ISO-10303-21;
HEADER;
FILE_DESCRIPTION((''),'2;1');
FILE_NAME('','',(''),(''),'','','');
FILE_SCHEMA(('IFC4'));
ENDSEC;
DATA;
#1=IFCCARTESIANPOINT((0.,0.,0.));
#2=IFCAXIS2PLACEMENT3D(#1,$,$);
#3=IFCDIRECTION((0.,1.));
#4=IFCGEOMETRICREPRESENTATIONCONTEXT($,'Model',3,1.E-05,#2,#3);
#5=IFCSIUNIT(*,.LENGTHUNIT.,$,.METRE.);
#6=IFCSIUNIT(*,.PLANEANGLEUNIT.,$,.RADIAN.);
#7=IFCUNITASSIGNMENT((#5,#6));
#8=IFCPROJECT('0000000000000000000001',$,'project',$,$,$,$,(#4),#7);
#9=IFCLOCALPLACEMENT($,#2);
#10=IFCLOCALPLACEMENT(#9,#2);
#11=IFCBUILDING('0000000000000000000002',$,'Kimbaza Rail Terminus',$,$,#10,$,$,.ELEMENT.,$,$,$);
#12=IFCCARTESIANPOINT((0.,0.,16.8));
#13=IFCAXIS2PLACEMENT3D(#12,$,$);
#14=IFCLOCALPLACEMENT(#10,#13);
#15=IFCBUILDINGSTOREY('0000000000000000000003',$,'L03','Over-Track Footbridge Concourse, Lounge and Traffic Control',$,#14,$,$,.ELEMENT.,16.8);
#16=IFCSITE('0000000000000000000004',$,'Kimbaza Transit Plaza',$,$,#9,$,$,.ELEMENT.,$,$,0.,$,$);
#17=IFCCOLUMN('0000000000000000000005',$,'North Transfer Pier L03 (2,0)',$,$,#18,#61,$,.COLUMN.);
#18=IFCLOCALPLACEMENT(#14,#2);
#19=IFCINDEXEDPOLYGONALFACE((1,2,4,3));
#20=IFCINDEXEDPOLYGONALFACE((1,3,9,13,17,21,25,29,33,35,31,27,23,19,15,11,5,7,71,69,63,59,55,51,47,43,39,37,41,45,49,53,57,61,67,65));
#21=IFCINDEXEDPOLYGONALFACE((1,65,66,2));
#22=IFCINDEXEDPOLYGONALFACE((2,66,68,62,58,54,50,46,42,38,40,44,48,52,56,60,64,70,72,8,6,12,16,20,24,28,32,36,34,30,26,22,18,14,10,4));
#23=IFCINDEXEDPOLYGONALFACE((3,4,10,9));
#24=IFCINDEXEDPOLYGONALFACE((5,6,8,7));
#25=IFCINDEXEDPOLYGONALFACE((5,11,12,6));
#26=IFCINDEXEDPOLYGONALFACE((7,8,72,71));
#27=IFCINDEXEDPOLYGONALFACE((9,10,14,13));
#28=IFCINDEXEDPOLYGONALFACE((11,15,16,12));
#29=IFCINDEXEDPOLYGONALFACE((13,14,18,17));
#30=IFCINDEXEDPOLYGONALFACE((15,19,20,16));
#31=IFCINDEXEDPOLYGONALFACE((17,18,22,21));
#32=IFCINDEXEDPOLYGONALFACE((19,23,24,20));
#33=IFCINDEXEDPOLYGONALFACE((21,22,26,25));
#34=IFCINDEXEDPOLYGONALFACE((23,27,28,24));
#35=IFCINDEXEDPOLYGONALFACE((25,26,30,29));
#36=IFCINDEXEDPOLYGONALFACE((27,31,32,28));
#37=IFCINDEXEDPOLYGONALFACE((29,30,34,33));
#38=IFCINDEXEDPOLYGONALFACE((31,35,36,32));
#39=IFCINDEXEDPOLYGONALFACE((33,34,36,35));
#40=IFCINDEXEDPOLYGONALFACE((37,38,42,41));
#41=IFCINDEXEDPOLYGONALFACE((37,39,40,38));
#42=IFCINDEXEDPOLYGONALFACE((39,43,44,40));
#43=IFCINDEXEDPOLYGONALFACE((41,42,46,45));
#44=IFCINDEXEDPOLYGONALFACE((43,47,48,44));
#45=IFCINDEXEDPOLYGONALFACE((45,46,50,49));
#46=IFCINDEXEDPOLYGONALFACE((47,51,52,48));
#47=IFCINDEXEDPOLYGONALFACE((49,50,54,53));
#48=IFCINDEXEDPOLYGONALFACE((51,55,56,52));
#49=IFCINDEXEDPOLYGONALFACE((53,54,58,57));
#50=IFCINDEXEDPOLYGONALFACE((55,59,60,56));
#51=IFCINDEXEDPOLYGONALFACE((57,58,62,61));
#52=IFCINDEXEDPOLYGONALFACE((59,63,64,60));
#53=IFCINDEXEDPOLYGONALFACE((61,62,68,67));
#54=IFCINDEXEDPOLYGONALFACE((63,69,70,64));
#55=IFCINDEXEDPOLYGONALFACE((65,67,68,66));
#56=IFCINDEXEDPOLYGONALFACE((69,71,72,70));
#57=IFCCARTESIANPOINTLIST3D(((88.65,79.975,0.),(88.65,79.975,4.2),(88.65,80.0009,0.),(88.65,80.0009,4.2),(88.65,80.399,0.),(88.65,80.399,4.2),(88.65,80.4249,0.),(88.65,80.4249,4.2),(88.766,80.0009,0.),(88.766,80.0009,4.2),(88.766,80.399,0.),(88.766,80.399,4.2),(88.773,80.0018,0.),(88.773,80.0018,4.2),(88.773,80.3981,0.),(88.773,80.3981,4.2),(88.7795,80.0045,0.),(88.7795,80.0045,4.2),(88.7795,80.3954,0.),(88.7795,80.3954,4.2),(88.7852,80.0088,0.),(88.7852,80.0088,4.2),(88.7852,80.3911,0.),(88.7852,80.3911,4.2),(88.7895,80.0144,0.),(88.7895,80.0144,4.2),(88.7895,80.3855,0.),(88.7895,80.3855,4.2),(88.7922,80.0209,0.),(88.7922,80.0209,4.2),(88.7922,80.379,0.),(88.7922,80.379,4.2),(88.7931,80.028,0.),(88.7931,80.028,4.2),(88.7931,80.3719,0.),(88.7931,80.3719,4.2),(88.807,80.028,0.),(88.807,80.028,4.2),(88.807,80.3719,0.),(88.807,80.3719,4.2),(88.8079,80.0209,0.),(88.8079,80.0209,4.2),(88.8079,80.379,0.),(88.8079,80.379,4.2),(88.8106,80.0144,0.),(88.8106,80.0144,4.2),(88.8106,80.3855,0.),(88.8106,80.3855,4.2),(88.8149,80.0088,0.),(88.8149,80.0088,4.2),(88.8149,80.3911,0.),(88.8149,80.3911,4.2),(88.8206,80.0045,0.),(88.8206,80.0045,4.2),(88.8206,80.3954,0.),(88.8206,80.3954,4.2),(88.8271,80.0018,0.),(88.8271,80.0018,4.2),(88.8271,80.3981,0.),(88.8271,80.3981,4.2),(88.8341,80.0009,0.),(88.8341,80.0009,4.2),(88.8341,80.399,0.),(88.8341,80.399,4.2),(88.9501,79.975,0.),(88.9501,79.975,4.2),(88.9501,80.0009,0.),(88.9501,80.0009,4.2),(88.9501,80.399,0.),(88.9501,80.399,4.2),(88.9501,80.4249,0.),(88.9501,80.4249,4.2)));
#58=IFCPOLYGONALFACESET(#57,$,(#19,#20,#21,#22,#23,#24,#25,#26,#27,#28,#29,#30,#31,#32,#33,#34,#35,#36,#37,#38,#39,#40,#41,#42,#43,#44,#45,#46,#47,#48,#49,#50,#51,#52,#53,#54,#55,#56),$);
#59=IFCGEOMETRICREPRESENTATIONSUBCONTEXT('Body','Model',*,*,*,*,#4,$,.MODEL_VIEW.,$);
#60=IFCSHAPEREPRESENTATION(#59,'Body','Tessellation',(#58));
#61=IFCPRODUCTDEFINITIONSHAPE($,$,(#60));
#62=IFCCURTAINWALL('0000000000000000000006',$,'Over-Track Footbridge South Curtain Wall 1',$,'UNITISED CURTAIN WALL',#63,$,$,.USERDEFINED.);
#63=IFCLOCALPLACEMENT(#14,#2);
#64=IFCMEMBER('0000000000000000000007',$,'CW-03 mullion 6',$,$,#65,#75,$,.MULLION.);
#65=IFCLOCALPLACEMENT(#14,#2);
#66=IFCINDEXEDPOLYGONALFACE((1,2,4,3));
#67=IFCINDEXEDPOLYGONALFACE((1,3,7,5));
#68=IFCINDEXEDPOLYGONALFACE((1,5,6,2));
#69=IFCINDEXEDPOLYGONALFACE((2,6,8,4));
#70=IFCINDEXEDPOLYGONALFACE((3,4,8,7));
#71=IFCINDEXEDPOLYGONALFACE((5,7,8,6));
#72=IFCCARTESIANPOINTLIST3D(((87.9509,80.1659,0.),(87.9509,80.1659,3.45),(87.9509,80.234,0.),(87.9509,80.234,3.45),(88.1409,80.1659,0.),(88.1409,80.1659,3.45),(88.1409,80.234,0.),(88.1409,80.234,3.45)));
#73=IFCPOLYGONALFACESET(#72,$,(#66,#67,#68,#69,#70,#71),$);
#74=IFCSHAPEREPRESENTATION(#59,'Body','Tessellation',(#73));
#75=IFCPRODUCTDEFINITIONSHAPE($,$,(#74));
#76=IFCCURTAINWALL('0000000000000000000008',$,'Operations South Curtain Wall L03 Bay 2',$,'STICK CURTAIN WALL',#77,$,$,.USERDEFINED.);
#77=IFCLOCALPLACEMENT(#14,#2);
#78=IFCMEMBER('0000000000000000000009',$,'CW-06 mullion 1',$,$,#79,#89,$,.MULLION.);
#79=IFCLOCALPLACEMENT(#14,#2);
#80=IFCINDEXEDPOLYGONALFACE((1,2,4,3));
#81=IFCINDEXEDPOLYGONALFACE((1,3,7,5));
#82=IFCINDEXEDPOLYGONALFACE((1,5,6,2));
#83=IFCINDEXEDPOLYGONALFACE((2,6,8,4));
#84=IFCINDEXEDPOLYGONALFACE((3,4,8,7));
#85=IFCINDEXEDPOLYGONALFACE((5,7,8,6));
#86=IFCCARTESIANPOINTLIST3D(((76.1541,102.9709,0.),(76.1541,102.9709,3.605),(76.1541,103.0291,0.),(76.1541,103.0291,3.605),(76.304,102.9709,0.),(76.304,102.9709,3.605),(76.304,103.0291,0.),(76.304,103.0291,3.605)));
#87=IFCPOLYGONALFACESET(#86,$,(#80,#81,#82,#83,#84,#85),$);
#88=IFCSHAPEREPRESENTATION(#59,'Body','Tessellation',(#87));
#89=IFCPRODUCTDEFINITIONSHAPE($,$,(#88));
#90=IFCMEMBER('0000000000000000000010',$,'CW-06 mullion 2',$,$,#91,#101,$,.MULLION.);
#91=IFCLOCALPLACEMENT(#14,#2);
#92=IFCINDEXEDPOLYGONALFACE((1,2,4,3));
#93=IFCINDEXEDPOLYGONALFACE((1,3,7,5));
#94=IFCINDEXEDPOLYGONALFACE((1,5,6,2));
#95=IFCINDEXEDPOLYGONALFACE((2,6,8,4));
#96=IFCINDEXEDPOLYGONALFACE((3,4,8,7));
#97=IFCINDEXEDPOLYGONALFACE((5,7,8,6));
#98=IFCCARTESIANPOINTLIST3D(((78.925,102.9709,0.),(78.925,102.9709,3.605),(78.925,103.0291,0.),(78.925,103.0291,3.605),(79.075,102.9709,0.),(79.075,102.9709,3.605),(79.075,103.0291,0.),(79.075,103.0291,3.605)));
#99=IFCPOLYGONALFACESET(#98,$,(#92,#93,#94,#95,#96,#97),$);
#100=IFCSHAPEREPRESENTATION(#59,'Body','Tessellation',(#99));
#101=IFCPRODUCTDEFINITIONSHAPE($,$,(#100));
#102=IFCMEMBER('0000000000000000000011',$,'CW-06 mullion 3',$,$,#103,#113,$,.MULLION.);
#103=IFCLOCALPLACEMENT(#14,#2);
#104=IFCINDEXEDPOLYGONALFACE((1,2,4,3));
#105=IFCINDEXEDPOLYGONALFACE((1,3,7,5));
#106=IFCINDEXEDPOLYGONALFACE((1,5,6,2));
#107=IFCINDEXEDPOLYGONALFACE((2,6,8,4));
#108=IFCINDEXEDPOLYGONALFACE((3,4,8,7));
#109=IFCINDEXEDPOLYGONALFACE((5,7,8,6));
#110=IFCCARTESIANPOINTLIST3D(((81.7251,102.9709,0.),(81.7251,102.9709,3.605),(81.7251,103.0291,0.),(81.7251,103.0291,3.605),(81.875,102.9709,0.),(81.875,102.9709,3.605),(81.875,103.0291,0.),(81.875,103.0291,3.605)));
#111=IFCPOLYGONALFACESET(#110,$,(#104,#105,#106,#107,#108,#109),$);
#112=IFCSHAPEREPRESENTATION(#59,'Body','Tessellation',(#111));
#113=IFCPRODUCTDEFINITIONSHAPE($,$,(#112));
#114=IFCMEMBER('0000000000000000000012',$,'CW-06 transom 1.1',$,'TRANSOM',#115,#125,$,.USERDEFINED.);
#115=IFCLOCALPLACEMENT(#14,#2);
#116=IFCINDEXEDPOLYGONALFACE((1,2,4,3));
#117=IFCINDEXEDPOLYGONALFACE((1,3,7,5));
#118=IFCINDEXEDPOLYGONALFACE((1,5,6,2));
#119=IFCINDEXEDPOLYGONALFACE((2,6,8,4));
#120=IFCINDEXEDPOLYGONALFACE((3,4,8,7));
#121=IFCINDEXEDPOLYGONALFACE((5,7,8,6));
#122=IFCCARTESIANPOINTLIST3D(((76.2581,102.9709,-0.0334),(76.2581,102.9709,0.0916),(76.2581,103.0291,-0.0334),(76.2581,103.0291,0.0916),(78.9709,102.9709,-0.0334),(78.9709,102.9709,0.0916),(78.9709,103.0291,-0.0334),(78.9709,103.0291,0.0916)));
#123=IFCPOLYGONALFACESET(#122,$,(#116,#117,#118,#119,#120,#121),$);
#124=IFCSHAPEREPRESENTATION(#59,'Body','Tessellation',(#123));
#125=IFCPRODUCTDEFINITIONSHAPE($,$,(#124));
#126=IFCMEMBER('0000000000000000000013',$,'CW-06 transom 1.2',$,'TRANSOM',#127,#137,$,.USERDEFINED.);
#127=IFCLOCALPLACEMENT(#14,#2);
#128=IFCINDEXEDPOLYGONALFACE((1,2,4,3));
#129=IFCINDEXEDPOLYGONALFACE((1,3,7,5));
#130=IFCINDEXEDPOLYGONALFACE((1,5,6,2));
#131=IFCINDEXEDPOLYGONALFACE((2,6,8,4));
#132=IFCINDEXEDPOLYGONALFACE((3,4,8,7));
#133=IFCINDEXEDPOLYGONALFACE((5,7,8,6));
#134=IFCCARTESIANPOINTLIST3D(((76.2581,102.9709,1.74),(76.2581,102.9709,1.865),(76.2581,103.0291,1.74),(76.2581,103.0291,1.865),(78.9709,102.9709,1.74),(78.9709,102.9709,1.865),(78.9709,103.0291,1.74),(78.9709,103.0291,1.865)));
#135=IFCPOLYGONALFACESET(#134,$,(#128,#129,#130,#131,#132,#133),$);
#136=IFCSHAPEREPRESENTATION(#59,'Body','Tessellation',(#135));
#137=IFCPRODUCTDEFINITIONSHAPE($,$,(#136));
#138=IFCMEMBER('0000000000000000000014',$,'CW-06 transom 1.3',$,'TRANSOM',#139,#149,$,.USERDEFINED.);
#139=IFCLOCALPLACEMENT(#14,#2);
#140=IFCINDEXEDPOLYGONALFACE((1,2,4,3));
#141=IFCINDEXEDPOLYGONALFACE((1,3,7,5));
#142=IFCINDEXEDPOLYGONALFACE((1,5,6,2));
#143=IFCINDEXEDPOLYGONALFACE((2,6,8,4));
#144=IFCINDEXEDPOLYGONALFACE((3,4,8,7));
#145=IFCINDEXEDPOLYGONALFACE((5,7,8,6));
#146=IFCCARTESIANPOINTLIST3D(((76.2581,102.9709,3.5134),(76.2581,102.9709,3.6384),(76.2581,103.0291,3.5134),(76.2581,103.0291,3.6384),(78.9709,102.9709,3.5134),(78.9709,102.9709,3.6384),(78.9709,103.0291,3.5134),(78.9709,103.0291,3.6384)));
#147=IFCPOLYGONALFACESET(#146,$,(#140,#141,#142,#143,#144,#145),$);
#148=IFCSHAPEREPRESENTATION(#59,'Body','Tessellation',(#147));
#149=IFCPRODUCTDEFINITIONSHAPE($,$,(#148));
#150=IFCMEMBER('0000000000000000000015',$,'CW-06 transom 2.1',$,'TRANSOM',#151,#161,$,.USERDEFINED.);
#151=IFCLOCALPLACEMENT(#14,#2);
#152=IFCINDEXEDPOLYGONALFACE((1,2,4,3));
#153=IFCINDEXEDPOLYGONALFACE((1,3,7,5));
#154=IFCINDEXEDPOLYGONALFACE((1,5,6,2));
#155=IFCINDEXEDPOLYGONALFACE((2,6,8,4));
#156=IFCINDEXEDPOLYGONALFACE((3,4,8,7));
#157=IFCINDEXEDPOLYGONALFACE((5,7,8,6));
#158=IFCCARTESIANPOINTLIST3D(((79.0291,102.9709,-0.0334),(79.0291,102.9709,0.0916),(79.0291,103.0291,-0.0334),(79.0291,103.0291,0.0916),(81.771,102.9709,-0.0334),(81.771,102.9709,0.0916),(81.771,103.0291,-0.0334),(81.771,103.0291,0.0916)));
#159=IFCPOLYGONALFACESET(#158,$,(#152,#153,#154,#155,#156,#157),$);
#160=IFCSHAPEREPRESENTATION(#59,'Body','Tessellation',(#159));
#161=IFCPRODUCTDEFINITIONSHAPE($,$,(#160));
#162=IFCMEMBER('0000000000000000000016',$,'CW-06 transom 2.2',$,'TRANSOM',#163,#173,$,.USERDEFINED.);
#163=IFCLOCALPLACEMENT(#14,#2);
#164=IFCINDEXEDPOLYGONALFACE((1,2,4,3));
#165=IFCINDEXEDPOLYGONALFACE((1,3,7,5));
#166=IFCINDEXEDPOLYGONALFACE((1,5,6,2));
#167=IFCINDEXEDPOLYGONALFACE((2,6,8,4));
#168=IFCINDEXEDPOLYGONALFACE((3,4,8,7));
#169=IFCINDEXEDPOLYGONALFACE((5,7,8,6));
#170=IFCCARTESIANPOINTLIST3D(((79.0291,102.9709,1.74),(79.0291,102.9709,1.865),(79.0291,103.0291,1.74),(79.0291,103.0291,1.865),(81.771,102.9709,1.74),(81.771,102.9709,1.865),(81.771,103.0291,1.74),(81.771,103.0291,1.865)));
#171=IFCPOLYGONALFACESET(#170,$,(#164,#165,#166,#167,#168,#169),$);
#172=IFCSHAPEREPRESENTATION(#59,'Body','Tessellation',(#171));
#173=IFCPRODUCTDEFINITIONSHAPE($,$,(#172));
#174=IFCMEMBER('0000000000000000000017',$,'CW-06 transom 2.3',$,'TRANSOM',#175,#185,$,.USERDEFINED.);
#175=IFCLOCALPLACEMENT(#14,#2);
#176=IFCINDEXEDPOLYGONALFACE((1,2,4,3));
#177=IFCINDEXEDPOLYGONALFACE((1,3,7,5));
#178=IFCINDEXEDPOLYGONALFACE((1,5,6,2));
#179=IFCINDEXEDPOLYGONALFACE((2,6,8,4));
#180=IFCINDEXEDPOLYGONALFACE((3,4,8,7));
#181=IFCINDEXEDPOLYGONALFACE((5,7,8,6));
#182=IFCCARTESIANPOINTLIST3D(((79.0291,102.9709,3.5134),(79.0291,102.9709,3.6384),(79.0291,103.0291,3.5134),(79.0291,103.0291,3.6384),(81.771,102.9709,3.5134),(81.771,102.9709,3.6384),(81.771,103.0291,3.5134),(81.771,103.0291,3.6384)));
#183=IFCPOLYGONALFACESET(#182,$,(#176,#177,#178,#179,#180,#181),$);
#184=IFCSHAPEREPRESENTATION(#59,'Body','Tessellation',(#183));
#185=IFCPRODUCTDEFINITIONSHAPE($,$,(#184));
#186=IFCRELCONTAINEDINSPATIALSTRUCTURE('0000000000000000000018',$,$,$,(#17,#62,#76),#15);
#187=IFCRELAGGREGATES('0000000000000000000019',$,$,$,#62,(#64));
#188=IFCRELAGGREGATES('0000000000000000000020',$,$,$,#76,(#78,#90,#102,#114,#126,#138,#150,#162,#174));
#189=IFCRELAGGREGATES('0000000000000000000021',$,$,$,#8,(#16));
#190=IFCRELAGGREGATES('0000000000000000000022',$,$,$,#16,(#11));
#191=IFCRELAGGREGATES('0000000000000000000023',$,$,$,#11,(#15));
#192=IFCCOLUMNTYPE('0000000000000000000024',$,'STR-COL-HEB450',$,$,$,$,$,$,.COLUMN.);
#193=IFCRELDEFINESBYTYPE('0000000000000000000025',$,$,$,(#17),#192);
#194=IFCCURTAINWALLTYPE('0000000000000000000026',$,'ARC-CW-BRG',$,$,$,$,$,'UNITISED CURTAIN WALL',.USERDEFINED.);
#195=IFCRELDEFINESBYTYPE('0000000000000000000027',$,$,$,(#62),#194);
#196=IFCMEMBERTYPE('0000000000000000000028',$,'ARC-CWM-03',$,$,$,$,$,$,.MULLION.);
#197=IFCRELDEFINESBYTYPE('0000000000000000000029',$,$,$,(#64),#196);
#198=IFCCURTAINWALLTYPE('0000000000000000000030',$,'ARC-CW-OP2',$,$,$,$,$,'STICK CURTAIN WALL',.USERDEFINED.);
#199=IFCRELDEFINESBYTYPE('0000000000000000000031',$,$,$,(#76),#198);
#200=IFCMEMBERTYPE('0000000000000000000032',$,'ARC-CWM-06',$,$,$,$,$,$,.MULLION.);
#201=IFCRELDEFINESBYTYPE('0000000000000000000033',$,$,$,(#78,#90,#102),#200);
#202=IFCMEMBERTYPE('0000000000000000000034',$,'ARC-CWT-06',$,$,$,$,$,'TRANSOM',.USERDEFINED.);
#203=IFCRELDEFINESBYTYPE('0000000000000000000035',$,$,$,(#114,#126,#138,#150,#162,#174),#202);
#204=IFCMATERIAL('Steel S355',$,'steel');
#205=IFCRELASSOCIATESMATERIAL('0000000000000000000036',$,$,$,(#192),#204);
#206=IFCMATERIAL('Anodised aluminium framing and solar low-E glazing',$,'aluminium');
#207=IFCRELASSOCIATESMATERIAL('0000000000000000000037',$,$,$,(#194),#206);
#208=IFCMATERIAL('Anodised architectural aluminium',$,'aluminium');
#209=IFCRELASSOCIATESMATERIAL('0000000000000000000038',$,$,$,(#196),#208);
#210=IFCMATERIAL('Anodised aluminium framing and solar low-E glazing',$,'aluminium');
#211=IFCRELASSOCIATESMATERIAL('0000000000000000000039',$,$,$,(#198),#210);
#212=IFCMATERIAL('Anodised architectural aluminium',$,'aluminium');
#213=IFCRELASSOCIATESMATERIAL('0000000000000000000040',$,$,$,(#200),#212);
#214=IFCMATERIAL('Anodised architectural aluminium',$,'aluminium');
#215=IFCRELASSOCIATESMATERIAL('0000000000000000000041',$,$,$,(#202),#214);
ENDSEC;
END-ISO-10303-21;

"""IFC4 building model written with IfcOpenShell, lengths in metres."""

from ifc_helpers import new_model, si_unit, direction, frame, origin, origin_2d, place, context, subcontext, project, spatial, rectangle, i_section, extrude, material, material_profile, profile_set, type_object, element, aggregate, save


model = new_model("IFC4")

# Units and contexts
model_context = context("Model", 3, precision=1e-05, world=origin(), true_north=direction((0.0, 1.0)))
body_context = subcontext(model_context, "Body", "Model", "MODEL_VIEW")
ifc_project = project(units=[si_unit("LENGTHUNIT", "METRE"), si_unit("PLANEANGLEUNIT", "RADIAN")], contexts=[model_context])

# Site, building, storey
site_placement = place(None, origin())
site = spatial("IfcSite", under=ifc_project, at=site_placement, Name="Kimbaza Transit Plaza", CompositionType="ELEMENT", RefElevation=0.0)
building_placement = place(site_placement, origin())
building = spatial("IfcBuilding", under=site, at=building_placement, Name="Kimbaza Rail Terminus", CompositionType="ELEMENT")
storey_placement = place(building_placement, frame((0.0, 0.0, 16.8)))
storey = spatial("IfcBuildingStorey", under=building, at=storey_placement, Name="L03", Description="Over-Track Footbridge Concourse, Lounge and Traffic Control", CompositionType="ELEMENT", Elevation=16.8)

# Column
ifc_material_1 = material(Name="Steel S355", Category="steel")
ifc_material_profile_1 = material_profile(ifc_material_1, i_section(OverallWidth=0.3, OverallDepth=0.45, WebThickness=0.0139, FlangeThickness=0.0259, FilletRadius=0.0271, at=origin_2d()), Name="HEB 450")
ifc_profile_set_1 = profile_set([ifc_material_profile_1], Name="Steel S355")
column_type = type_object("IfcColumnType", Name="STR-COL-HEB450", PredefinedType="COLUMN", material=ifc_profile_set_1)
column_placement = place(storey_placement, frame((88.8, 80.2, 0.0), z_axis=(0.0, 0.0, 1.0), x_axis=(1.0, 0.0, 0.0)))
element("IfcColumn", 1, at=column_placement, inside=storey, type_object=column_type, Name="North Transfer Pier L03 (2,0)", PredefinedType="COLUMN", context=body_context, shape_type="SweptSolid", body=[
    extrude(i_section(OverallWidth=0.3, OverallDepth=0.45, WebThickness=0.0139, FlangeThickness=0.0259, FilletRadius=0.0271, at=origin_2d()), origin(), (0.0, 0.0, 1.0), 4.2),
])

# Curtain wall, member
ifc_material_2 = material(Name="Anodised aluminium framing and solar low-E glazing", Category="aluminium")
curtain_wall_type_1 = type_object("IfcCurtainWallType", Name="ARC-CW-BRG", ElementType="UNITISED CURTAIN WALL", PredefinedType="USERDEFINED", material=ifc_material_2)
curtain_wall_1_placement = place(storey_placement, origin())
curtain_wall_1 = element("IfcCurtainWall", 2, at=curtain_wall_1_placement, inside=storey, type_object=curtain_wall_type_1, Name="Over-Track Footbridge South Curtain Wall 1", ObjectType="UNITISED CURTAIN WALL", PredefinedType="USERDEFINED")
ifc_material_3 = material(Name="Anodised architectural aluminium", Category="aluminium")
ifc_material_profile_2 = material_profile(ifc_material_3, rectangle(XDim=0.0681, YDim=0.1899, at=origin_2d()), Name="MULLION 68x190")
ifc_profile_set_2 = profile_set([ifc_material_profile_2], Name="Anodised architectural aluminium")
member_type_1 = type_object("IfcMemberType", Name="ARC-CWM-03", PredefinedType="MULLION", material=ifc_profile_set_2)
member_1_placement = place(storey_placement, frame((88.0459, 80.2, 0.0), z_axis=(0.0, 0.0, 1.0), x_axis=(0.0, 1.0, 0.0)))
member_1 = element("IfcMember", 3, at=member_1_placement, type_object=member_type_1, Name="CW-03 mullion 6", PredefinedType="MULLION", context=body_context, shape_type="SweptSolid", body=[
    extrude(rectangle(XDim=0.0681, YDim=0.1899, at=origin_2d()), origin(), (0.0, 0.0, 1.0), 3.45),
])

# Curtain wall, members
ifc_material_4 = material(Name="Anodised aluminium framing and solar low-E glazing", Category="aluminium")
curtain_wall_type_2 = type_object("IfcCurtainWallType", Name="ARC-CW-OP2", ElementType="STICK CURTAIN WALL", PredefinedType="USERDEFINED", material=ifc_material_4)
curtain_wall_2_placement = place(storey_placement, origin())
curtain_wall_2 = element("IfcCurtainWall", 4, at=curtain_wall_2_placement, inside=storey, type_object=curtain_wall_type_2, Name="Operations South Curtain Wall L03 Bay 2", ObjectType="STICK CURTAIN WALL", PredefinedType="USERDEFINED")
ifc_material_5 = material(Name="Anodised architectural aluminium", Category="aluminium")
ifc_material_profile_3 = material_profile(ifc_material_5, rectangle(XDim=0.0581, YDim=0.1499, at=origin_2d()), Name="MULLION 58x150")
ifc_profile_set_3 = profile_set([ifc_material_profile_3], Name="Anodised architectural aluminium")
member_type_2 = type_object("IfcMemberType", Name="ARC-CWM-06", PredefinedType="MULLION", material=ifc_profile_set_3)
member_2_placement = place(storey_placement, frame((76.229, 103.0, 0.0), z_axis=(0.0, 0.0, 1.0), x_axis=(0.0, 1.0, 0.0)))
member_2 = element("IfcMember", 5, at=member_2_placement, type_object=member_type_2, Name="CW-06 mullion 1", PredefinedType="MULLION", context=body_context, shape_type="SweptSolid", body=[
    extrude(rectangle(XDim=0.0581, YDim=0.1499, at=origin_2d()), origin(), (0.0, 0.0, 1.0), 3.605),
])
member_3_placement = place(storey_placement, frame((79.0, 103.0, 0.0), z_axis=(0.0, 0.0, 1.0), x_axis=(0.0, 1.0, 0.0)))
member_3 = element("IfcMember", 6, at=member_3_placement, type_object=member_type_2, Name="CW-06 mullion 2", PredefinedType="MULLION", context=body_context, shape_type="SweptSolid", body=[
    extrude(rectangle(XDim=0.0581, YDim=0.1499, at=origin_2d()), origin(), (0.0, 0.0, 1.0), 3.605),
])
member_4_placement = place(storey_placement, frame((81.8, 103.0, 0.0), z_axis=(0.0, 0.0, 1.0), x_axis=(0.0, 1.0, 0.0)))
member_4 = element("IfcMember", 7, at=member_4_placement, type_object=member_type_2, Name="CW-06 mullion 3", PredefinedType="MULLION", context=body_context, shape_type="SweptSolid", body=[
    extrude(rectangle(XDim=0.0581, YDim=0.1499, at=origin_2d()), origin(), (0.0, 0.0, 1.0), 3.605),
])
ifc_material_6 = material(Name="Anodised architectural aluminium", Category="aluminium")
ifc_material_profile_4 = material_profile(ifc_material_6, rectangle(XDim=0.0581, YDim=0.125, at=origin_2d()), Name="TRANSOM 58x125")
ifc_profile_set_4 = profile_set([ifc_material_profile_4], Name="Anodised architectural aluminium")
member_type_3 = type_object("IfcMemberType", Name="ARC-CWT-06", ElementType="TRANSOM", PredefinedType="USERDEFINED", material=ifc_profile_set_4)
member_5_placement = place(storey_placement, frame((76.2581, 103.0, 0.0291), z_axis=(1.0, 0.0, 0.0), x_axis=(0.0, 1.0, 0.0)))
member_5 = element("IfcMember", 8, at=member_5_placement, type_object=member_type_3, Name="CW-06 transom 1.1", ObjectType="TRANSOM", PredefinedType="USERDEFINED", context=body_context, shape_type="SweptSolid", body=[
    extrude(rectangle(XDim=0.0581, YDim=0.125, at=origin_2d()), origin(), (0.0, 0.0, 1.0), 2.7129),
])
member_6_placement = place(storey_placement, frame((76.2581, 103.0, 1.8025), z_axis=(1.0, 0.0, 0.0), x_axis=(0.0, 1.0, 0.0)))
member_6 = element("IfcMember", 9, at=member_6_placement, type_object=member_type_3, Name="CW-06 transom 1.2", ObjectType="TRANSOM", PredefinedType="USERDEFINED", context=body_context, shape_type="SweptSolid", body=[
    extrude(rectangle(XDim=0.0581, YDim=0.125, at=origin_2d()), origin(), (0.0, 0.0, 1.0), 2.7129),
])
member_7_placement = place(storey_placement, frame((76.2581, 103.0, 3.5759), z_axis=(1.0, 0.0, 0.0), x_axis=(0.0, 1.0, 0.0)))
member_7 = element("IfcMember", 10, at=member_7_placement, type_object=member_type_3, Name="CW-06 transom 1.3", ObjectType="TRANSOM", PredefinedType="USERDEFINED", context=body_context, shape_type="SweptSolid", body=[
    extrude(rectangle(XDim=0.0581, YDim=0.125, at=origin_2d()), origin(), (0.0, 0.0, 1.0), 2.7129),
])
member_8_placement = place(storey_placement, frame((79.0291, 103.0, 0.0291), z_axis=(1.0, 0.0, 0.0), x_axis=(0.0, 1.0, 0.0)))
member_8 = element("IfcMember", 11, at=member_8_placement, type_object=member_type_3, Name="CW-06 transom 2.1", ObjectType="TRANSOM", PredefinedType="USERDEFINED", context=body_context, shape_type="SweptSolid", body=[
    extrude(rectangle(XDim=0.0581, YDim=0.125, at=origin_2d()), origin(), (0.0, 0.0, 1.0), 2.7419),
])
member_9_placement = place(storey_placement, frame((79.0291, 103.0, 1.8025), z_axis=(1.0, 0.0, 0.0), x_axis=(0.0, 1.0, 0.0)))
member_9 = element("IfcMember", 12, at=member_9_placement, type_object=member_type_3, Name="CW-06 transom 2.2", ObjectType="TRANSOM", PredefinedType="USERDEFINED", context=body_context, shape_type="SweptSolid", body=[
    extrude(rectangle(XDim=0.0581, YDim=0.125, at=origin_2d()), origin(), (0.0, 0.0, 1.0), 2.7419),
])
member_10_placement = place(storey_placement, frame((79.0291, 103.0, 3.5759), z_axis=(1.0, 0.0, 0.0), x_axis=(0.0, 1.0, 0.0)))
member_10 = element("IfcMember", 13, at=member_10_placement, type_object=member_type_3, Name="CW-06 transom 2.3", ObjectType="TRANSOM", PredefinedType="USERDEFINED", context=body_context, shape_type="SweptSolid", body=[
    extrude(rectangle(XDim=0.0581, YDim=0.125, at=origin_2d()), origin(), (0.0, 0.0, 1.0), 2.7419),
])

aggregate(curtain_wall_1, [member_1])
aggregate(curtain_wall_2, [member_2, member_3, member_4, member_5, member_6, member_7, member_8, member_9, member_10])

save(model, "model.ifc")
